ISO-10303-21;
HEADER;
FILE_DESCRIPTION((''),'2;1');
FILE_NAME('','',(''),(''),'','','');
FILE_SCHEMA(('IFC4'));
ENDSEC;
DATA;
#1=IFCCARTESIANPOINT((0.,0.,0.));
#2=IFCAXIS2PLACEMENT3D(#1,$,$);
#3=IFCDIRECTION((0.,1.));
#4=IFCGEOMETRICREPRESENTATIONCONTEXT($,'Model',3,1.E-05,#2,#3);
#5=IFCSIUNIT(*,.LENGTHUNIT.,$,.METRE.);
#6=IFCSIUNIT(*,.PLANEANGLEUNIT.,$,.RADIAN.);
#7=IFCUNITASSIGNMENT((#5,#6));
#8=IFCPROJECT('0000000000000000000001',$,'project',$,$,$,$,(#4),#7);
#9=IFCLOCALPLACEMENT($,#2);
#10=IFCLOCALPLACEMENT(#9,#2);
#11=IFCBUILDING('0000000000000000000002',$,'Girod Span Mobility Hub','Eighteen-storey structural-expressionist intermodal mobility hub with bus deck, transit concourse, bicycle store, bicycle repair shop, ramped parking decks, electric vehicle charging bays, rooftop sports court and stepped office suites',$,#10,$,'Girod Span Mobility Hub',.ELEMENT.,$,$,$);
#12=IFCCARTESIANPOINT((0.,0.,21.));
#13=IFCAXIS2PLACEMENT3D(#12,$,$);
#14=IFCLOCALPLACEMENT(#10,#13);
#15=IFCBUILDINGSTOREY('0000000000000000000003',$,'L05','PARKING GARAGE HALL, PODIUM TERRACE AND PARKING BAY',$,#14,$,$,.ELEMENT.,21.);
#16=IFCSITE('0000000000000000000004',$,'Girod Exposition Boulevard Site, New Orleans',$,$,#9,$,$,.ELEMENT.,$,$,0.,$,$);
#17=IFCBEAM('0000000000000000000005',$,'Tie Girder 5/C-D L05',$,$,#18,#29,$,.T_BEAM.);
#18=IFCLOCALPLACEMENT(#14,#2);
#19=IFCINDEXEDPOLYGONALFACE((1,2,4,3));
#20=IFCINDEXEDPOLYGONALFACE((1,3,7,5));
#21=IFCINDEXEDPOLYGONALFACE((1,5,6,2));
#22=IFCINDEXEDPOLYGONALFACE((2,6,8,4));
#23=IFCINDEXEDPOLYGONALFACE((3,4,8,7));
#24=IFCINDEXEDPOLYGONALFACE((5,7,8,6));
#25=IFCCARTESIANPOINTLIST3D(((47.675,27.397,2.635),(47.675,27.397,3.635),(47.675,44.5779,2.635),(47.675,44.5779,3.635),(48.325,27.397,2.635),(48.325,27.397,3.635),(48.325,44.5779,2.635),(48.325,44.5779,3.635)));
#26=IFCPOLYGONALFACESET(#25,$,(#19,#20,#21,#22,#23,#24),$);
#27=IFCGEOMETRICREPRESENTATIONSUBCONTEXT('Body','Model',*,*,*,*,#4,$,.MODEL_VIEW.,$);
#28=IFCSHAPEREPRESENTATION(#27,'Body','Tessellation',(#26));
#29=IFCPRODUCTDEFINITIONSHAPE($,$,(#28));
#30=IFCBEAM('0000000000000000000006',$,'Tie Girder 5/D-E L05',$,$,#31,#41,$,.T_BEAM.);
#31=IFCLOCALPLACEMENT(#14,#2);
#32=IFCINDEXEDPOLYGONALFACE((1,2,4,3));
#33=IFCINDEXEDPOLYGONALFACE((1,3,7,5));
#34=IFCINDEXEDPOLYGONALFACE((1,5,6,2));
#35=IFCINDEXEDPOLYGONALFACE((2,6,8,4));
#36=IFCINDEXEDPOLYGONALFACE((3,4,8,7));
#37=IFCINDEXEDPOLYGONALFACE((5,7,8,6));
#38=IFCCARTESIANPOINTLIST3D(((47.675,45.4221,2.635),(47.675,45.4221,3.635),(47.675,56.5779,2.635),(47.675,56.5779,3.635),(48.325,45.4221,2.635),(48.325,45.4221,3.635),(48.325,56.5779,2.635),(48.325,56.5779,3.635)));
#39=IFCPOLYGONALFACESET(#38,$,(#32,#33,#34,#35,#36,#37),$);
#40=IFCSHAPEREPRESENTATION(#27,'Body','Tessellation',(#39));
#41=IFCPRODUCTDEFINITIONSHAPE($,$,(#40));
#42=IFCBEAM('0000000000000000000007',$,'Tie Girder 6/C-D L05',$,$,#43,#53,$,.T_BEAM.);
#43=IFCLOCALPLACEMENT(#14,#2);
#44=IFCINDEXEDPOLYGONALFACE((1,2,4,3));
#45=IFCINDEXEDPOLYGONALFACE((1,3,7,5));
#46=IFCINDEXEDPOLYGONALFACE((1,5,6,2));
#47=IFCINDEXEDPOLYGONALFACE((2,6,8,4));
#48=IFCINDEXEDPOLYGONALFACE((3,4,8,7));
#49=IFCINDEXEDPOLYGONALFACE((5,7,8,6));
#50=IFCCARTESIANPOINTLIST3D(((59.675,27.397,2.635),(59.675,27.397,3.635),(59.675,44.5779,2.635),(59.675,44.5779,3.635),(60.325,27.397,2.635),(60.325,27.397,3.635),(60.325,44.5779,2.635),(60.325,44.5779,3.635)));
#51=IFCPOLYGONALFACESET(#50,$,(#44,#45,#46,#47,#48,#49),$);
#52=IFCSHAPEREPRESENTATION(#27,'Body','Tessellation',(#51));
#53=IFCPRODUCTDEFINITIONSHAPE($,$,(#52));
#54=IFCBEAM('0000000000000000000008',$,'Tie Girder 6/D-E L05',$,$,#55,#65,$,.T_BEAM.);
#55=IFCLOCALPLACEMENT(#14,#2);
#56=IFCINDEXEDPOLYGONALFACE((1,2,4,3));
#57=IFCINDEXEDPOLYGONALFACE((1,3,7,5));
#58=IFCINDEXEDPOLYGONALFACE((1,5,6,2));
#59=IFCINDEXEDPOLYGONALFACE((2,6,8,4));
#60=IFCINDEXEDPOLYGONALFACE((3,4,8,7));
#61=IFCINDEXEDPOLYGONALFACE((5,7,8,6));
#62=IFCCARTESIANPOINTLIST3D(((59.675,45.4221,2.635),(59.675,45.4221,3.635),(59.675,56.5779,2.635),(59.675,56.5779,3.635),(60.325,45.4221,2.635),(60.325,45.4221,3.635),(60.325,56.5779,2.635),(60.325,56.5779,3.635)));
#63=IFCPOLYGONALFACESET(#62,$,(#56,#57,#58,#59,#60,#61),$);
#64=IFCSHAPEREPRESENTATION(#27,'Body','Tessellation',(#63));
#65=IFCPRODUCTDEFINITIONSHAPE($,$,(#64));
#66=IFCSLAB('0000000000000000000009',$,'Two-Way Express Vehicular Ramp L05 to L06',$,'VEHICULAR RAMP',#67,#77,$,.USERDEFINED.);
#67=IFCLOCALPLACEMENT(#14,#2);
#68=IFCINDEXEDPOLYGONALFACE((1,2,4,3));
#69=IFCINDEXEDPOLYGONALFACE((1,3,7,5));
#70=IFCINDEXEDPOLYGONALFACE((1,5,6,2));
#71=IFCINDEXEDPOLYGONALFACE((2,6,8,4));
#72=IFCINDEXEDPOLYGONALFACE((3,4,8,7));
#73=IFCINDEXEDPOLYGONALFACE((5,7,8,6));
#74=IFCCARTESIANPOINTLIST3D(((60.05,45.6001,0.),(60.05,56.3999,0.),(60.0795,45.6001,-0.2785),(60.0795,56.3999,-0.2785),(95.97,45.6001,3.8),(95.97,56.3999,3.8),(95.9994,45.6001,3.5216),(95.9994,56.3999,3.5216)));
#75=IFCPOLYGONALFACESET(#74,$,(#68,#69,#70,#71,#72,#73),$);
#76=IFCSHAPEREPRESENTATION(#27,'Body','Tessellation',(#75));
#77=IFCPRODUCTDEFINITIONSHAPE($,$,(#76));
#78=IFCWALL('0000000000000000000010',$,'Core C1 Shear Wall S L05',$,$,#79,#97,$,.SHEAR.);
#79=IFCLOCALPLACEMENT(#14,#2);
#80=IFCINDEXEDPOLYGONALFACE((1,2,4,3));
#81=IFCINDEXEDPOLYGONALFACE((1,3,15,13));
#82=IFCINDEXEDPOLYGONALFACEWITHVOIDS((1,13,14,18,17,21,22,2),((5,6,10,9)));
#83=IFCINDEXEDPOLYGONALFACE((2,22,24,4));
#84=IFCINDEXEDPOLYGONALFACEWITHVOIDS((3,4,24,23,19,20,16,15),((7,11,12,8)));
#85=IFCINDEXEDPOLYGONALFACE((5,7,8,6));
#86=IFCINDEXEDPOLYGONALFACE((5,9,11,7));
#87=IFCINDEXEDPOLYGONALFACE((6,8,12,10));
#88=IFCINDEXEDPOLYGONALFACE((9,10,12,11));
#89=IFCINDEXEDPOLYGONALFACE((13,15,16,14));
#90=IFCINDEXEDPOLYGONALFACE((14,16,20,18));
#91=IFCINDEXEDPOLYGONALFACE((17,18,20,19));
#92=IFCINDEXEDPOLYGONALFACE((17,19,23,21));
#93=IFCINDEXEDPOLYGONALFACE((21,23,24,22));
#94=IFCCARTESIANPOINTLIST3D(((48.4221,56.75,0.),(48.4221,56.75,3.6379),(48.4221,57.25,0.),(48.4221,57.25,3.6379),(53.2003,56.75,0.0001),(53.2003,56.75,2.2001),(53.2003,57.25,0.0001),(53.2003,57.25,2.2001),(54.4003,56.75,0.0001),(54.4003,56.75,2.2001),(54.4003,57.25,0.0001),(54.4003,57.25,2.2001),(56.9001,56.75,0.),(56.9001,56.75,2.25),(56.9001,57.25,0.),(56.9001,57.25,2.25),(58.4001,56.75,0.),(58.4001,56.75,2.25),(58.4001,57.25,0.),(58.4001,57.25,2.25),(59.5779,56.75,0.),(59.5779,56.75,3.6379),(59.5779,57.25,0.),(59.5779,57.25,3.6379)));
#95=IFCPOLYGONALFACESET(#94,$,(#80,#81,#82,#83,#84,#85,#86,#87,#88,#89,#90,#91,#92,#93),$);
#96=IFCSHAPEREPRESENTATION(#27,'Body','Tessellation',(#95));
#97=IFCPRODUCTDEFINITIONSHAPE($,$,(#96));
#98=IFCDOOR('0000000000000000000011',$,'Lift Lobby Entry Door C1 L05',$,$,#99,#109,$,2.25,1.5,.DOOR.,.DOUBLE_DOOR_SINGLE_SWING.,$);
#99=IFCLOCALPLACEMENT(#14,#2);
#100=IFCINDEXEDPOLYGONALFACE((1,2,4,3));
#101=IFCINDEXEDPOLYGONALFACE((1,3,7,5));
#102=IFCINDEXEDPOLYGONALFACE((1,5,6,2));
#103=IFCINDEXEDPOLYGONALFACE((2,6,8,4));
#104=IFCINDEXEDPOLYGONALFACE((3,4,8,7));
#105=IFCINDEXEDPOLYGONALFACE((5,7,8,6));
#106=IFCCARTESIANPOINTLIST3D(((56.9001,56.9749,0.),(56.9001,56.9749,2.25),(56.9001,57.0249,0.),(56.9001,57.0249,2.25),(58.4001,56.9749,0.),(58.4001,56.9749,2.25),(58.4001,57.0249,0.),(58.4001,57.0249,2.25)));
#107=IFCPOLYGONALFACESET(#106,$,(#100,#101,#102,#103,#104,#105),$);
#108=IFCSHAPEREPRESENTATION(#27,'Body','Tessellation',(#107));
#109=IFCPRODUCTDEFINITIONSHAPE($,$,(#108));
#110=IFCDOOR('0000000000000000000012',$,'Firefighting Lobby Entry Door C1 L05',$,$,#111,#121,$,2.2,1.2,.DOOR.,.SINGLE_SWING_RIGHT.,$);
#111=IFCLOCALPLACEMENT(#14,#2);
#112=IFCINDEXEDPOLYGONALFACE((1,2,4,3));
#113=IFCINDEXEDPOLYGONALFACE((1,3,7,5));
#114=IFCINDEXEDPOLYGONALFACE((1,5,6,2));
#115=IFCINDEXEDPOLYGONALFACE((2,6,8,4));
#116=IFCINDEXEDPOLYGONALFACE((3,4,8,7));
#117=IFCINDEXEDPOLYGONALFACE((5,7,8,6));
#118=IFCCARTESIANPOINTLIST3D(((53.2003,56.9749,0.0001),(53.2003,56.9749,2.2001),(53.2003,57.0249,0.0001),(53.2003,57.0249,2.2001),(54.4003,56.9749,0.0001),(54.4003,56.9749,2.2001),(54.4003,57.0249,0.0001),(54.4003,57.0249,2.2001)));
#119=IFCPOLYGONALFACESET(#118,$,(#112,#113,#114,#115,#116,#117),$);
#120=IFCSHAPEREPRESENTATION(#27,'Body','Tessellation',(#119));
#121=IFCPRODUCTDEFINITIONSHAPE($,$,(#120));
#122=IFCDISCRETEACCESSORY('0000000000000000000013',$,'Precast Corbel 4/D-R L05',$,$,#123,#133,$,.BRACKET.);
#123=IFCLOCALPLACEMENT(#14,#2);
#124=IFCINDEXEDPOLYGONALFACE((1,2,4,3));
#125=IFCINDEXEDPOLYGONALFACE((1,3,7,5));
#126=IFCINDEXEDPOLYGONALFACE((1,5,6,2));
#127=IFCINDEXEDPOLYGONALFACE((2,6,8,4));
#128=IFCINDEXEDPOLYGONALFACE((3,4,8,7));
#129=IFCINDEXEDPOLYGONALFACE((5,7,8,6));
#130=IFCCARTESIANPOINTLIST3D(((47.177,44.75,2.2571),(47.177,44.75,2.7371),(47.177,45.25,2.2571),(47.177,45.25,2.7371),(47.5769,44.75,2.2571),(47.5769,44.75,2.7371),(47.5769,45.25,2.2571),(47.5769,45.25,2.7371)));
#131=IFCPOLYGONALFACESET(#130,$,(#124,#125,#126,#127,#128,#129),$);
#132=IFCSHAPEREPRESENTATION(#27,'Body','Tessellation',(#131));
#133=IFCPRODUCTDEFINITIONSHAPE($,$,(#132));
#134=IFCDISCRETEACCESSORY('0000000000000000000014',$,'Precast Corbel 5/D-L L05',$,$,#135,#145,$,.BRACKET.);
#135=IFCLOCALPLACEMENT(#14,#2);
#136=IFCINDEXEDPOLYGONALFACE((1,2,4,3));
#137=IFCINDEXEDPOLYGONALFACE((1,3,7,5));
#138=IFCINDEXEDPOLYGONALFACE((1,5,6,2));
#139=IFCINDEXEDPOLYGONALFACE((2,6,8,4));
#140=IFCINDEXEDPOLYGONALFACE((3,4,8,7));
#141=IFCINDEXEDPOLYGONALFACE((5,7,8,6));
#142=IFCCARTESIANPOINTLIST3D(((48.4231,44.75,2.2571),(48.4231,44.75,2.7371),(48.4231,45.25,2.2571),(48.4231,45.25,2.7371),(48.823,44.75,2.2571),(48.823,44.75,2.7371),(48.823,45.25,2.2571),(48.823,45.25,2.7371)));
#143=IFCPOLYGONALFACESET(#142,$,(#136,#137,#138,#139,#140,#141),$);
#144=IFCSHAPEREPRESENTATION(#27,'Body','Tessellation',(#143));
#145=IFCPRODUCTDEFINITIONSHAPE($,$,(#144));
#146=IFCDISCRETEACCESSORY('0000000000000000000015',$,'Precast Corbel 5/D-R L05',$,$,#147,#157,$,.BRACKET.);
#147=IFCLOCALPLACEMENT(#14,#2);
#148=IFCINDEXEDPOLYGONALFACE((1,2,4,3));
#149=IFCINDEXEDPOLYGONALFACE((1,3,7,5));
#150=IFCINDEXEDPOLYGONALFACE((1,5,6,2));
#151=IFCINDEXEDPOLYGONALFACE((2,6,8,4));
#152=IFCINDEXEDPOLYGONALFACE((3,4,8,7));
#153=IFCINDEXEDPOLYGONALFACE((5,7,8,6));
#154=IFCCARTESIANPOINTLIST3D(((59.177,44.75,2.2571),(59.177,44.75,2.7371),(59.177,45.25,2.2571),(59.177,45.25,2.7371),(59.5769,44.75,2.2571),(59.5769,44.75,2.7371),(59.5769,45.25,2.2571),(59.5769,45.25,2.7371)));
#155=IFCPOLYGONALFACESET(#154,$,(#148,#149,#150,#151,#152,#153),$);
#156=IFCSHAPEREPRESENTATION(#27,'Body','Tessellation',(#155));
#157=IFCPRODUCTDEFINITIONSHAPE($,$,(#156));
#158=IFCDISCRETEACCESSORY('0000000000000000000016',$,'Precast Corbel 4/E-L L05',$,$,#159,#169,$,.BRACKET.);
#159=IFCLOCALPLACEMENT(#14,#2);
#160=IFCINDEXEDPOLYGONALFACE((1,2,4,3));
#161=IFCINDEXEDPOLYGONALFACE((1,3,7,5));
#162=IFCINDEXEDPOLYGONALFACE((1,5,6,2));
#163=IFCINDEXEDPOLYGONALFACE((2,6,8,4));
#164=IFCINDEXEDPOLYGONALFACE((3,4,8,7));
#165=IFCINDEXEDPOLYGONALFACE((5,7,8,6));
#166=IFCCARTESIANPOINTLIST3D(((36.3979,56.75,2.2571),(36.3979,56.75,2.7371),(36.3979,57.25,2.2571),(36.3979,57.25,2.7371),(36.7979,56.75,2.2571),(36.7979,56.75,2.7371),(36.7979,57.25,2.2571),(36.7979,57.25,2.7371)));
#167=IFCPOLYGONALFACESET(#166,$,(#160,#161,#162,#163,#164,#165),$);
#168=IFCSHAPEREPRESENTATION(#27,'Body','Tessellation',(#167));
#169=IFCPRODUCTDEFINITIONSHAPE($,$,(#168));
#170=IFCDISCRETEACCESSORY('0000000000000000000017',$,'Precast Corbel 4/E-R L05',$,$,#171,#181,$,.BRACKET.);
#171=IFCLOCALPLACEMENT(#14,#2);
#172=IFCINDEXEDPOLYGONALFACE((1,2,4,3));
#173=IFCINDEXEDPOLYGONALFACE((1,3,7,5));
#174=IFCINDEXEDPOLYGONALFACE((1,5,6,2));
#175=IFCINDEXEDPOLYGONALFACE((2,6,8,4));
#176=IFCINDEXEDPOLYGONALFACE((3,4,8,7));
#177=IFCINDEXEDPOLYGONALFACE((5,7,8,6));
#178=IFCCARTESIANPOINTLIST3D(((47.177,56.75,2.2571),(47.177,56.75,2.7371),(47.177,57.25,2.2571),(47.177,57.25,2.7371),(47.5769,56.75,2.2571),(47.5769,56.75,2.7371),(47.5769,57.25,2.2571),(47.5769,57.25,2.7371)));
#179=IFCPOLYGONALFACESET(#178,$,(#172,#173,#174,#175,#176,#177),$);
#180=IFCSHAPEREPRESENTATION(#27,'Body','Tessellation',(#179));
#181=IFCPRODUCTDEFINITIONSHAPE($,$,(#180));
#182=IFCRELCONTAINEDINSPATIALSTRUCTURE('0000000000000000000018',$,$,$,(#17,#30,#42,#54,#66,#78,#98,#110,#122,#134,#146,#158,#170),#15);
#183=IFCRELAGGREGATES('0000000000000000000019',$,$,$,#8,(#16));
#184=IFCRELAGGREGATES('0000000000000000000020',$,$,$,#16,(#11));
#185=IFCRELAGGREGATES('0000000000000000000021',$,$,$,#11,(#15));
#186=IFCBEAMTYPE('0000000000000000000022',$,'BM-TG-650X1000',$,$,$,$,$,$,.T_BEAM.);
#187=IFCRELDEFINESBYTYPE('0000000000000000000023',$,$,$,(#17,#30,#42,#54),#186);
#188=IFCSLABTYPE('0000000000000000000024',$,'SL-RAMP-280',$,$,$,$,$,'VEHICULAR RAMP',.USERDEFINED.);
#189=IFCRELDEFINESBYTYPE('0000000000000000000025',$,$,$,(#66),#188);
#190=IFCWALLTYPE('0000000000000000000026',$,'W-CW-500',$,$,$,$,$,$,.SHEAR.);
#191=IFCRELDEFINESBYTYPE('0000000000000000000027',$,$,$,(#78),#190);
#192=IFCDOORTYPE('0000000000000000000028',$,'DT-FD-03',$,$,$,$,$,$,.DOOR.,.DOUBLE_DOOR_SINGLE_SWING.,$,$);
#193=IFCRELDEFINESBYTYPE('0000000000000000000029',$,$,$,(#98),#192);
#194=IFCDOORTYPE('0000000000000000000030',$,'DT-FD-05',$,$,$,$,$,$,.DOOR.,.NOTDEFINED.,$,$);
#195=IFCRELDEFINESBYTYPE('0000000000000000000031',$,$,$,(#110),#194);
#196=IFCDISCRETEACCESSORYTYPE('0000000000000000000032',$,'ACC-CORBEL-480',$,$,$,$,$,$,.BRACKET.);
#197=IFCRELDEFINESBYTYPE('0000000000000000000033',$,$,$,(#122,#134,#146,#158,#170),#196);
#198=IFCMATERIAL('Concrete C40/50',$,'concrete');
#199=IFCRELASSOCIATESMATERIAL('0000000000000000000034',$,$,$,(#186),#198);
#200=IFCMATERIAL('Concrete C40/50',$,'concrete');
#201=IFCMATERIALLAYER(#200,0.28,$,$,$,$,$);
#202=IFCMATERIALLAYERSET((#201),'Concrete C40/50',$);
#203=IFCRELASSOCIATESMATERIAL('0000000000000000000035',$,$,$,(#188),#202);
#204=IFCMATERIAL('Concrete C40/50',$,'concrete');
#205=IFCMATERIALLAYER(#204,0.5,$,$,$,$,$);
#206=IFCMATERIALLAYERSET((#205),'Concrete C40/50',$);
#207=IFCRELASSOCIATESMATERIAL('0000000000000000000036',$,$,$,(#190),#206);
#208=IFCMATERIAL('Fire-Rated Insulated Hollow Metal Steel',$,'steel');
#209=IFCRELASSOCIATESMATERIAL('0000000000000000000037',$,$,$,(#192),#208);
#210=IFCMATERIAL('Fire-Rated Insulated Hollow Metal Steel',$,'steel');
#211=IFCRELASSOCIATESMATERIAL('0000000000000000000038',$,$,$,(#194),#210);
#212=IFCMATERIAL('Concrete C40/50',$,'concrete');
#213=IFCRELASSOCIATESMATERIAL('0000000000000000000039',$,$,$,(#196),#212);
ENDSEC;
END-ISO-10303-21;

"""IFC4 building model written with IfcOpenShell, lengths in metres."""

from ifc_helpers import new_model, si_unit, direction, frame, frame_2d, origin, origin_2d, place, context, subcontext, project, spatial, polyline, rectangle, outline, extrude, material, layer, layer_set, material_profile, profile_set, type_object, element, fill, save


model = new_model("IFC4")

# Units and contexts
model_context = context("Model", 3, precision=1e-05, world=origin(), true_north=direction((0.0, 1.0)))
body_context = subcontext(model_context, "Body", "Model", "MODEL_VIEW")
ifc_project = project(units=[si_unit("LENGTHUNIT", "METRE"), si_unit("PLANEANGLEUNIT", "RADIAN")], contexts=[model_context])

# Site, building, storey
site_placement = place(None, origin())
site = spatial("IfcSite", under=ifc_project, at=site_placement, Name="Girod Exposition Boulevard Site, New Orleans", CompositionType="ELEMENT", RefElevation=0.0)
building_placement = place(site_placement, origin())
building = spatial("IfcBuilding", under=site, at=building_placement, Name="Girod Span Mobility Hub", Description="Eighteen-storey structural-expressionist intermodal mobility hub with bus deck, transit concourse, bicycle store, bicycle repair shop, ramped parking decks, electric vehicle charging bays, rooftop sports court and stepped office suites", LongName="Girod Span Mobility Hub", CompositionType="ELEMENT")
storey_placement = place(building_placement, frame((0.0, 0.0, 21.0)))
storey = spatial("IfcBuildingStorey", under=building, at=storey_placement, Name="L05", Description="PARKING GARAGE HALL, PODIUM TERRACE AND PARKING BAY", CompositionType="ELEMENT", Elevation=21.0)

# Beams
ifc_material_1 = material(Name="Concrete C40/50", Category="concrete")
ifc_material_profile_1 = material_profile(ifc_material_1, rectangle(XDim=0.6499, YDim=1.0, at=origin_2d()), Name="TG-650X1000")
ifc_profile_set_1 = profile_set([ifc_material_profile_1], Name="Concrete C40/50")
beam_type_1 = type_object("IfcBeamType", Name="BM-TG-650X1000", PredefinedType="T_BEAM", material=ifc_profile_set_1)
beam_1_placement = place(storey_placement, frame((48.0, 27.397, 3.135), z_axis=(0.0, 1.0, 0.0), x_axis=(-1.0, 0.0, 0.0)))
element("IfcBeam", 1, at=beam_1_placement, inside=storey, type_object=beam_type_1, Name="Tie Girder 5/C-D L05", PredefinedType="T_BEAM", context=body_context, shape_type="SweptSolid", body=[
    extrude(rectangle(XDim=0.6499, YDim=1.0, at=origin_2d()), origin(), (0.0, 0.0, 1.0), 17.1809),
])
beam_2_placement = place(storey_placement, frame((48.0, 45.4221, 3.135), z_axis=(0.0, 1.0, 0.0), x_axis=(-1.0, 0.0, 0.0)))
element("IfcBeam", 2, at=beam_2_placement, inside=storey, type_object=beam_type_1, Name="Tie Girder 5/D-E L05", PredefinedType="T_BEAM", context=body_context, shape_type="SweptSolid", body=[
    extrude(rectangle(XDim=0.6499, YDim=1.0, at=origin_2d()), origin(), (0.0, 0.0, 1.0), 11.1558),
])
beam_3_placement = place(storey_placement, frame((60.0, 27.397, 3.135), z_axis=(0.0, 1.0, 0.0), x_axis=(-1.0, 0.0, 0.0)))
element("IfcBeam", 3, at=beam_3_placement, inside=storey, type_object=beam_type_1, Name="Tie Girder 6/C-D L05", PredefinedType="T_BEAM", context=body_context, shape_type="SweptSolid", body=[
    extrude(rectangle(XDim=0.6499, YDim=1.0, at=origin_2d()), origin(), (0.0, 0.0, 1.0), 17.1809),
])
beam_4_placement = place(storey_placement, frame((60.0, 45.4221, 3.135), z_axis=(0.0, 1.0, 0.0), x_axis=(-1.0, 0.0, 0.0)))
element("IfcBeam", 4, at=beam_4_placement, inside=storey, type_object=beam_type_1, Name="Tie Girder 6/D-E L05", PredefinedType="T_BEAM", context=body_context, shape_type="SweptSolid", body=[
    extrude(rectangle(XDim=0.6499, YDim=1.0, at=origin_2d()), origin(), (0.0, 0.0, 1.0), 11.1558),
])

# Slab
ifc_material_2 = material(Name="Concrete C40/50", Category="concrete")
ifc_layer_1 = layer(ifc_material_2, 0.28)
ifc_layer_set_1 = layer_set([ifc_layer_1], Name="Concrete C40/50")
slab_type = type_object("IfcSlabType", Name="SL-RAMP-280", ElementType="VEHICULAR RAMP", PredefinedType="USERDEFINED", material=ifc_layer_set_1)
slab_placement = place(storey_placement, frame((60.05, 45.6001, 0.0), z_axis=(-0.105205, 0.0, 0.994451), x_axis=(0.994451, 0.0, 0.105205)))
element("IfcSlab", 5, at=slab_placement, inside=storey, type_object=slab_type, Name="Two-Way Express Vehicular Ramp L05 to L06", ObjectType="VEHICULAR RAMP", PredefinedType="USERDEFINED", context=body_context, shape_type="SweptSolid", body=[
    extrude(outline(polyline([(0.0, 0.0), (36.1204, 0.0), (36.1204, 10.7998), (0.0, 10.7998), (0.0, 0.0)])), origin(), (0.0, 0.0, -1.0), 0.28),
])

# Wall, openings, doors
ifc_material_3 = material(Name="Concrete C40/50", Category="concrete")
ifc_layer_2 = layer(ifc_material_3, 0.5)
ifc_layer_set_2 = layer_set([ifc_layer_2], Name="Concrete C40/50")
wall_type = type_object("IfcWallType", Name="W-CW-500", PredefinedType="SHEAR", material=ifc_layer_set_2)
wall_placement = place(storey_placement, frame((48.4221, 57.0, 0.0), z_axis=(0.0, 0.0, 1.0), x_axis=(1.0, 0.0, 0.0)))
wall = element("IfcWall", 6, at=wall_placement, inside=storey, type_object=wall_type, Name="Core C1 Shear Wall S L05", PredefinedType="SHEAR", context=body_context, shape_type="SweptSolid", body=[
    extrude(rectangle(XDim=11.1558, YDim=0.5, at=frame_2d((5.5779, 0.0))), origin(), (0.0, 0.0, 1.0), 3.6379),
])
opening_1_placement = place(wall_placement, frame((4.7781, 0.0, 0.0)))
opening_1 = element("IfcOpeningElement", 7, at=opening_1_placement, cuts=wall, PredefinedType="OPENING", context=body_context, shape_type="SweptSolid", body=[
    extrude(rectangle(XDim=1.2, YDim=2.2, at=frame_2d((0.6001, 1.1001))), frame((0.0, 0.2649, 0.0), z_axis=(0.0, -1.0, 0.0), x_axis=(1.0, 0.0, 0.0)), (0.0, 0.0, 1.0), 0.53),
])
opening_2_placement = place(wall_placement, frame((8.478, 0.0, 0.0)))
opening_2 = element("IfcOpeningElement", 8, at=opening_2_placement, cuts=wall, PredefinedType="OPENING", context=body_context, shape_type="SweptSolid", body=[
    extrude(rectangle(XDim=1.5, YDim=2.25, at=frame_2d((0.75, 1.125))), frame((0.0, 0.2649, 0.0), z_axis=(0.0, -1.0, 0.0), x_axis=(1.0, 0.0, 0.0)), (0.0, 0.0, 1.0), 0.53),
])
ifc_material_4 = material(Name="Fire-Rated Insulated Hollow Metal Steel", Category="steel")
door_type_1 = type_object("IfcDoorType", Name="DT-FD-03", OperationType="DOUBLE_DOOR_SINGLE_SWING", PredefinedType="DOOR", material=ifc_material_4)
door_1_placement = place(opening_2_placement, origin())
door_1 = element("IfcDoor", 9, at=door_1_placement, inside=storey, type_object=door_type_1, Name="Lift Lobby Entry Door C1 L05", OperationType="DOUBLE_DOOR_SINGLE_SWING", OverallHeight=2.25, OverallWidth=1.5, PredefinedType="DOOR", context=body_context, shape_type="SweptSolid", body=[
    extrude(rectangle(XDim=1.5, YDim=2.25, at=frame_2d((0.75, 1.125))), frame((0.0, 0.0249, 0.0), z_axis=(0.0, -1.0, 0.0), x_axis=(1.0, 0.0, 0.0)), (0.0, 0.0, 1.0), 0.05),
])
fill(opening_2, door_1)
ifc_material_5 = material(Name="Fire-Rated Insulated Hollow Metal Steel", Category="steel")
door_type_2 = type_object("IfcDoorType", Name="DT-FD-05", OperationType="NOTDEFINED", PredefinedType="DOOR", material=ifc_material_5)
door_2_placement = place(opening_1_placement, origin())
door_2 = element("IfcDoor", 10, at=door_2_placement, inside=storey, type_object=door_type_2, Name="Firefighting Lobby Entry Door C1 L05", OperationType="SINGLE_SWING_RIGHT", OverallHeight=2.2, OverallWidth=1.2, PredefinedType="DOOR", context=body_context, shape_type="SweptSolid", body=[
    extrude(rectangle(XDim=1.2, YDim=2.2, at=frame_2d((0.6001, 1.1001))), frame((0.0, 0.0249, 0.0), z_axis=(0.0, -1.0, 0.0), x_axis=(1.0, 0.0, 0.0)), (0.0, 0.0, 1.0), 0.05),
])
fill(opening_1, door_2)

# Discrete accessories
ifc_material_6 = material(Name="Concrete C40/50", Category="concrete")
discrete_accessory_type = type_object("IfcDiscreteAccessoryType", Name="ACC-CORBEL-480", PredefinedType="BRACKET", material=ifc_material_6)
for number, where, z_axis, x_axis, name in (
    (11, (47.377, 45.0, 2.2571), (0.0, 0.0, 1.0), (1.0, 0.0, 0.0), "Precast Corbel 4/D-R L05"),
    (12, (48.623, 45.0, 2.2571), (0.0, 0.0, 1.0), (1.0, 0.0, 0.0), "Precast Corbel 5/D-L L05"),
    (13, (59.377, 45.0, 2.2571), (0.0, 0.0, 1.0), (1.0, 0.0, 0.0), "Precast Corbel 5/D-R L05"),
    (14, (36.5979, 57.0, 2.2571), (0.0, 0.0, 1.0), (1.0, 0.0, 0.0), "Precast Corbel 4/E-L L05"),
    (15, (47.377, 57.0, 2.2571), (0.0, 0.0, 1.0), (1.0, 0.0, 0.0), "Precast Corbel 4/E-R L05"),
):
    element("IfcDiscreteAccessory", number, at=place(storey_placement, frame(where, z_axis=z_axis, x_axis=x_axis)), inside=storey, type_object=discrete_accessory_type, Name=name, PredefinedType="BRACKET", context=body_context, shape_type="SweptSolid", body=[
        extrude(rectangle(XDim=0.3999, YDim=0.5, at=origin_2d()), origin(), (0.0, 0.0, 1.0), 0.48),
    ])

save(model, "model.ifc")
